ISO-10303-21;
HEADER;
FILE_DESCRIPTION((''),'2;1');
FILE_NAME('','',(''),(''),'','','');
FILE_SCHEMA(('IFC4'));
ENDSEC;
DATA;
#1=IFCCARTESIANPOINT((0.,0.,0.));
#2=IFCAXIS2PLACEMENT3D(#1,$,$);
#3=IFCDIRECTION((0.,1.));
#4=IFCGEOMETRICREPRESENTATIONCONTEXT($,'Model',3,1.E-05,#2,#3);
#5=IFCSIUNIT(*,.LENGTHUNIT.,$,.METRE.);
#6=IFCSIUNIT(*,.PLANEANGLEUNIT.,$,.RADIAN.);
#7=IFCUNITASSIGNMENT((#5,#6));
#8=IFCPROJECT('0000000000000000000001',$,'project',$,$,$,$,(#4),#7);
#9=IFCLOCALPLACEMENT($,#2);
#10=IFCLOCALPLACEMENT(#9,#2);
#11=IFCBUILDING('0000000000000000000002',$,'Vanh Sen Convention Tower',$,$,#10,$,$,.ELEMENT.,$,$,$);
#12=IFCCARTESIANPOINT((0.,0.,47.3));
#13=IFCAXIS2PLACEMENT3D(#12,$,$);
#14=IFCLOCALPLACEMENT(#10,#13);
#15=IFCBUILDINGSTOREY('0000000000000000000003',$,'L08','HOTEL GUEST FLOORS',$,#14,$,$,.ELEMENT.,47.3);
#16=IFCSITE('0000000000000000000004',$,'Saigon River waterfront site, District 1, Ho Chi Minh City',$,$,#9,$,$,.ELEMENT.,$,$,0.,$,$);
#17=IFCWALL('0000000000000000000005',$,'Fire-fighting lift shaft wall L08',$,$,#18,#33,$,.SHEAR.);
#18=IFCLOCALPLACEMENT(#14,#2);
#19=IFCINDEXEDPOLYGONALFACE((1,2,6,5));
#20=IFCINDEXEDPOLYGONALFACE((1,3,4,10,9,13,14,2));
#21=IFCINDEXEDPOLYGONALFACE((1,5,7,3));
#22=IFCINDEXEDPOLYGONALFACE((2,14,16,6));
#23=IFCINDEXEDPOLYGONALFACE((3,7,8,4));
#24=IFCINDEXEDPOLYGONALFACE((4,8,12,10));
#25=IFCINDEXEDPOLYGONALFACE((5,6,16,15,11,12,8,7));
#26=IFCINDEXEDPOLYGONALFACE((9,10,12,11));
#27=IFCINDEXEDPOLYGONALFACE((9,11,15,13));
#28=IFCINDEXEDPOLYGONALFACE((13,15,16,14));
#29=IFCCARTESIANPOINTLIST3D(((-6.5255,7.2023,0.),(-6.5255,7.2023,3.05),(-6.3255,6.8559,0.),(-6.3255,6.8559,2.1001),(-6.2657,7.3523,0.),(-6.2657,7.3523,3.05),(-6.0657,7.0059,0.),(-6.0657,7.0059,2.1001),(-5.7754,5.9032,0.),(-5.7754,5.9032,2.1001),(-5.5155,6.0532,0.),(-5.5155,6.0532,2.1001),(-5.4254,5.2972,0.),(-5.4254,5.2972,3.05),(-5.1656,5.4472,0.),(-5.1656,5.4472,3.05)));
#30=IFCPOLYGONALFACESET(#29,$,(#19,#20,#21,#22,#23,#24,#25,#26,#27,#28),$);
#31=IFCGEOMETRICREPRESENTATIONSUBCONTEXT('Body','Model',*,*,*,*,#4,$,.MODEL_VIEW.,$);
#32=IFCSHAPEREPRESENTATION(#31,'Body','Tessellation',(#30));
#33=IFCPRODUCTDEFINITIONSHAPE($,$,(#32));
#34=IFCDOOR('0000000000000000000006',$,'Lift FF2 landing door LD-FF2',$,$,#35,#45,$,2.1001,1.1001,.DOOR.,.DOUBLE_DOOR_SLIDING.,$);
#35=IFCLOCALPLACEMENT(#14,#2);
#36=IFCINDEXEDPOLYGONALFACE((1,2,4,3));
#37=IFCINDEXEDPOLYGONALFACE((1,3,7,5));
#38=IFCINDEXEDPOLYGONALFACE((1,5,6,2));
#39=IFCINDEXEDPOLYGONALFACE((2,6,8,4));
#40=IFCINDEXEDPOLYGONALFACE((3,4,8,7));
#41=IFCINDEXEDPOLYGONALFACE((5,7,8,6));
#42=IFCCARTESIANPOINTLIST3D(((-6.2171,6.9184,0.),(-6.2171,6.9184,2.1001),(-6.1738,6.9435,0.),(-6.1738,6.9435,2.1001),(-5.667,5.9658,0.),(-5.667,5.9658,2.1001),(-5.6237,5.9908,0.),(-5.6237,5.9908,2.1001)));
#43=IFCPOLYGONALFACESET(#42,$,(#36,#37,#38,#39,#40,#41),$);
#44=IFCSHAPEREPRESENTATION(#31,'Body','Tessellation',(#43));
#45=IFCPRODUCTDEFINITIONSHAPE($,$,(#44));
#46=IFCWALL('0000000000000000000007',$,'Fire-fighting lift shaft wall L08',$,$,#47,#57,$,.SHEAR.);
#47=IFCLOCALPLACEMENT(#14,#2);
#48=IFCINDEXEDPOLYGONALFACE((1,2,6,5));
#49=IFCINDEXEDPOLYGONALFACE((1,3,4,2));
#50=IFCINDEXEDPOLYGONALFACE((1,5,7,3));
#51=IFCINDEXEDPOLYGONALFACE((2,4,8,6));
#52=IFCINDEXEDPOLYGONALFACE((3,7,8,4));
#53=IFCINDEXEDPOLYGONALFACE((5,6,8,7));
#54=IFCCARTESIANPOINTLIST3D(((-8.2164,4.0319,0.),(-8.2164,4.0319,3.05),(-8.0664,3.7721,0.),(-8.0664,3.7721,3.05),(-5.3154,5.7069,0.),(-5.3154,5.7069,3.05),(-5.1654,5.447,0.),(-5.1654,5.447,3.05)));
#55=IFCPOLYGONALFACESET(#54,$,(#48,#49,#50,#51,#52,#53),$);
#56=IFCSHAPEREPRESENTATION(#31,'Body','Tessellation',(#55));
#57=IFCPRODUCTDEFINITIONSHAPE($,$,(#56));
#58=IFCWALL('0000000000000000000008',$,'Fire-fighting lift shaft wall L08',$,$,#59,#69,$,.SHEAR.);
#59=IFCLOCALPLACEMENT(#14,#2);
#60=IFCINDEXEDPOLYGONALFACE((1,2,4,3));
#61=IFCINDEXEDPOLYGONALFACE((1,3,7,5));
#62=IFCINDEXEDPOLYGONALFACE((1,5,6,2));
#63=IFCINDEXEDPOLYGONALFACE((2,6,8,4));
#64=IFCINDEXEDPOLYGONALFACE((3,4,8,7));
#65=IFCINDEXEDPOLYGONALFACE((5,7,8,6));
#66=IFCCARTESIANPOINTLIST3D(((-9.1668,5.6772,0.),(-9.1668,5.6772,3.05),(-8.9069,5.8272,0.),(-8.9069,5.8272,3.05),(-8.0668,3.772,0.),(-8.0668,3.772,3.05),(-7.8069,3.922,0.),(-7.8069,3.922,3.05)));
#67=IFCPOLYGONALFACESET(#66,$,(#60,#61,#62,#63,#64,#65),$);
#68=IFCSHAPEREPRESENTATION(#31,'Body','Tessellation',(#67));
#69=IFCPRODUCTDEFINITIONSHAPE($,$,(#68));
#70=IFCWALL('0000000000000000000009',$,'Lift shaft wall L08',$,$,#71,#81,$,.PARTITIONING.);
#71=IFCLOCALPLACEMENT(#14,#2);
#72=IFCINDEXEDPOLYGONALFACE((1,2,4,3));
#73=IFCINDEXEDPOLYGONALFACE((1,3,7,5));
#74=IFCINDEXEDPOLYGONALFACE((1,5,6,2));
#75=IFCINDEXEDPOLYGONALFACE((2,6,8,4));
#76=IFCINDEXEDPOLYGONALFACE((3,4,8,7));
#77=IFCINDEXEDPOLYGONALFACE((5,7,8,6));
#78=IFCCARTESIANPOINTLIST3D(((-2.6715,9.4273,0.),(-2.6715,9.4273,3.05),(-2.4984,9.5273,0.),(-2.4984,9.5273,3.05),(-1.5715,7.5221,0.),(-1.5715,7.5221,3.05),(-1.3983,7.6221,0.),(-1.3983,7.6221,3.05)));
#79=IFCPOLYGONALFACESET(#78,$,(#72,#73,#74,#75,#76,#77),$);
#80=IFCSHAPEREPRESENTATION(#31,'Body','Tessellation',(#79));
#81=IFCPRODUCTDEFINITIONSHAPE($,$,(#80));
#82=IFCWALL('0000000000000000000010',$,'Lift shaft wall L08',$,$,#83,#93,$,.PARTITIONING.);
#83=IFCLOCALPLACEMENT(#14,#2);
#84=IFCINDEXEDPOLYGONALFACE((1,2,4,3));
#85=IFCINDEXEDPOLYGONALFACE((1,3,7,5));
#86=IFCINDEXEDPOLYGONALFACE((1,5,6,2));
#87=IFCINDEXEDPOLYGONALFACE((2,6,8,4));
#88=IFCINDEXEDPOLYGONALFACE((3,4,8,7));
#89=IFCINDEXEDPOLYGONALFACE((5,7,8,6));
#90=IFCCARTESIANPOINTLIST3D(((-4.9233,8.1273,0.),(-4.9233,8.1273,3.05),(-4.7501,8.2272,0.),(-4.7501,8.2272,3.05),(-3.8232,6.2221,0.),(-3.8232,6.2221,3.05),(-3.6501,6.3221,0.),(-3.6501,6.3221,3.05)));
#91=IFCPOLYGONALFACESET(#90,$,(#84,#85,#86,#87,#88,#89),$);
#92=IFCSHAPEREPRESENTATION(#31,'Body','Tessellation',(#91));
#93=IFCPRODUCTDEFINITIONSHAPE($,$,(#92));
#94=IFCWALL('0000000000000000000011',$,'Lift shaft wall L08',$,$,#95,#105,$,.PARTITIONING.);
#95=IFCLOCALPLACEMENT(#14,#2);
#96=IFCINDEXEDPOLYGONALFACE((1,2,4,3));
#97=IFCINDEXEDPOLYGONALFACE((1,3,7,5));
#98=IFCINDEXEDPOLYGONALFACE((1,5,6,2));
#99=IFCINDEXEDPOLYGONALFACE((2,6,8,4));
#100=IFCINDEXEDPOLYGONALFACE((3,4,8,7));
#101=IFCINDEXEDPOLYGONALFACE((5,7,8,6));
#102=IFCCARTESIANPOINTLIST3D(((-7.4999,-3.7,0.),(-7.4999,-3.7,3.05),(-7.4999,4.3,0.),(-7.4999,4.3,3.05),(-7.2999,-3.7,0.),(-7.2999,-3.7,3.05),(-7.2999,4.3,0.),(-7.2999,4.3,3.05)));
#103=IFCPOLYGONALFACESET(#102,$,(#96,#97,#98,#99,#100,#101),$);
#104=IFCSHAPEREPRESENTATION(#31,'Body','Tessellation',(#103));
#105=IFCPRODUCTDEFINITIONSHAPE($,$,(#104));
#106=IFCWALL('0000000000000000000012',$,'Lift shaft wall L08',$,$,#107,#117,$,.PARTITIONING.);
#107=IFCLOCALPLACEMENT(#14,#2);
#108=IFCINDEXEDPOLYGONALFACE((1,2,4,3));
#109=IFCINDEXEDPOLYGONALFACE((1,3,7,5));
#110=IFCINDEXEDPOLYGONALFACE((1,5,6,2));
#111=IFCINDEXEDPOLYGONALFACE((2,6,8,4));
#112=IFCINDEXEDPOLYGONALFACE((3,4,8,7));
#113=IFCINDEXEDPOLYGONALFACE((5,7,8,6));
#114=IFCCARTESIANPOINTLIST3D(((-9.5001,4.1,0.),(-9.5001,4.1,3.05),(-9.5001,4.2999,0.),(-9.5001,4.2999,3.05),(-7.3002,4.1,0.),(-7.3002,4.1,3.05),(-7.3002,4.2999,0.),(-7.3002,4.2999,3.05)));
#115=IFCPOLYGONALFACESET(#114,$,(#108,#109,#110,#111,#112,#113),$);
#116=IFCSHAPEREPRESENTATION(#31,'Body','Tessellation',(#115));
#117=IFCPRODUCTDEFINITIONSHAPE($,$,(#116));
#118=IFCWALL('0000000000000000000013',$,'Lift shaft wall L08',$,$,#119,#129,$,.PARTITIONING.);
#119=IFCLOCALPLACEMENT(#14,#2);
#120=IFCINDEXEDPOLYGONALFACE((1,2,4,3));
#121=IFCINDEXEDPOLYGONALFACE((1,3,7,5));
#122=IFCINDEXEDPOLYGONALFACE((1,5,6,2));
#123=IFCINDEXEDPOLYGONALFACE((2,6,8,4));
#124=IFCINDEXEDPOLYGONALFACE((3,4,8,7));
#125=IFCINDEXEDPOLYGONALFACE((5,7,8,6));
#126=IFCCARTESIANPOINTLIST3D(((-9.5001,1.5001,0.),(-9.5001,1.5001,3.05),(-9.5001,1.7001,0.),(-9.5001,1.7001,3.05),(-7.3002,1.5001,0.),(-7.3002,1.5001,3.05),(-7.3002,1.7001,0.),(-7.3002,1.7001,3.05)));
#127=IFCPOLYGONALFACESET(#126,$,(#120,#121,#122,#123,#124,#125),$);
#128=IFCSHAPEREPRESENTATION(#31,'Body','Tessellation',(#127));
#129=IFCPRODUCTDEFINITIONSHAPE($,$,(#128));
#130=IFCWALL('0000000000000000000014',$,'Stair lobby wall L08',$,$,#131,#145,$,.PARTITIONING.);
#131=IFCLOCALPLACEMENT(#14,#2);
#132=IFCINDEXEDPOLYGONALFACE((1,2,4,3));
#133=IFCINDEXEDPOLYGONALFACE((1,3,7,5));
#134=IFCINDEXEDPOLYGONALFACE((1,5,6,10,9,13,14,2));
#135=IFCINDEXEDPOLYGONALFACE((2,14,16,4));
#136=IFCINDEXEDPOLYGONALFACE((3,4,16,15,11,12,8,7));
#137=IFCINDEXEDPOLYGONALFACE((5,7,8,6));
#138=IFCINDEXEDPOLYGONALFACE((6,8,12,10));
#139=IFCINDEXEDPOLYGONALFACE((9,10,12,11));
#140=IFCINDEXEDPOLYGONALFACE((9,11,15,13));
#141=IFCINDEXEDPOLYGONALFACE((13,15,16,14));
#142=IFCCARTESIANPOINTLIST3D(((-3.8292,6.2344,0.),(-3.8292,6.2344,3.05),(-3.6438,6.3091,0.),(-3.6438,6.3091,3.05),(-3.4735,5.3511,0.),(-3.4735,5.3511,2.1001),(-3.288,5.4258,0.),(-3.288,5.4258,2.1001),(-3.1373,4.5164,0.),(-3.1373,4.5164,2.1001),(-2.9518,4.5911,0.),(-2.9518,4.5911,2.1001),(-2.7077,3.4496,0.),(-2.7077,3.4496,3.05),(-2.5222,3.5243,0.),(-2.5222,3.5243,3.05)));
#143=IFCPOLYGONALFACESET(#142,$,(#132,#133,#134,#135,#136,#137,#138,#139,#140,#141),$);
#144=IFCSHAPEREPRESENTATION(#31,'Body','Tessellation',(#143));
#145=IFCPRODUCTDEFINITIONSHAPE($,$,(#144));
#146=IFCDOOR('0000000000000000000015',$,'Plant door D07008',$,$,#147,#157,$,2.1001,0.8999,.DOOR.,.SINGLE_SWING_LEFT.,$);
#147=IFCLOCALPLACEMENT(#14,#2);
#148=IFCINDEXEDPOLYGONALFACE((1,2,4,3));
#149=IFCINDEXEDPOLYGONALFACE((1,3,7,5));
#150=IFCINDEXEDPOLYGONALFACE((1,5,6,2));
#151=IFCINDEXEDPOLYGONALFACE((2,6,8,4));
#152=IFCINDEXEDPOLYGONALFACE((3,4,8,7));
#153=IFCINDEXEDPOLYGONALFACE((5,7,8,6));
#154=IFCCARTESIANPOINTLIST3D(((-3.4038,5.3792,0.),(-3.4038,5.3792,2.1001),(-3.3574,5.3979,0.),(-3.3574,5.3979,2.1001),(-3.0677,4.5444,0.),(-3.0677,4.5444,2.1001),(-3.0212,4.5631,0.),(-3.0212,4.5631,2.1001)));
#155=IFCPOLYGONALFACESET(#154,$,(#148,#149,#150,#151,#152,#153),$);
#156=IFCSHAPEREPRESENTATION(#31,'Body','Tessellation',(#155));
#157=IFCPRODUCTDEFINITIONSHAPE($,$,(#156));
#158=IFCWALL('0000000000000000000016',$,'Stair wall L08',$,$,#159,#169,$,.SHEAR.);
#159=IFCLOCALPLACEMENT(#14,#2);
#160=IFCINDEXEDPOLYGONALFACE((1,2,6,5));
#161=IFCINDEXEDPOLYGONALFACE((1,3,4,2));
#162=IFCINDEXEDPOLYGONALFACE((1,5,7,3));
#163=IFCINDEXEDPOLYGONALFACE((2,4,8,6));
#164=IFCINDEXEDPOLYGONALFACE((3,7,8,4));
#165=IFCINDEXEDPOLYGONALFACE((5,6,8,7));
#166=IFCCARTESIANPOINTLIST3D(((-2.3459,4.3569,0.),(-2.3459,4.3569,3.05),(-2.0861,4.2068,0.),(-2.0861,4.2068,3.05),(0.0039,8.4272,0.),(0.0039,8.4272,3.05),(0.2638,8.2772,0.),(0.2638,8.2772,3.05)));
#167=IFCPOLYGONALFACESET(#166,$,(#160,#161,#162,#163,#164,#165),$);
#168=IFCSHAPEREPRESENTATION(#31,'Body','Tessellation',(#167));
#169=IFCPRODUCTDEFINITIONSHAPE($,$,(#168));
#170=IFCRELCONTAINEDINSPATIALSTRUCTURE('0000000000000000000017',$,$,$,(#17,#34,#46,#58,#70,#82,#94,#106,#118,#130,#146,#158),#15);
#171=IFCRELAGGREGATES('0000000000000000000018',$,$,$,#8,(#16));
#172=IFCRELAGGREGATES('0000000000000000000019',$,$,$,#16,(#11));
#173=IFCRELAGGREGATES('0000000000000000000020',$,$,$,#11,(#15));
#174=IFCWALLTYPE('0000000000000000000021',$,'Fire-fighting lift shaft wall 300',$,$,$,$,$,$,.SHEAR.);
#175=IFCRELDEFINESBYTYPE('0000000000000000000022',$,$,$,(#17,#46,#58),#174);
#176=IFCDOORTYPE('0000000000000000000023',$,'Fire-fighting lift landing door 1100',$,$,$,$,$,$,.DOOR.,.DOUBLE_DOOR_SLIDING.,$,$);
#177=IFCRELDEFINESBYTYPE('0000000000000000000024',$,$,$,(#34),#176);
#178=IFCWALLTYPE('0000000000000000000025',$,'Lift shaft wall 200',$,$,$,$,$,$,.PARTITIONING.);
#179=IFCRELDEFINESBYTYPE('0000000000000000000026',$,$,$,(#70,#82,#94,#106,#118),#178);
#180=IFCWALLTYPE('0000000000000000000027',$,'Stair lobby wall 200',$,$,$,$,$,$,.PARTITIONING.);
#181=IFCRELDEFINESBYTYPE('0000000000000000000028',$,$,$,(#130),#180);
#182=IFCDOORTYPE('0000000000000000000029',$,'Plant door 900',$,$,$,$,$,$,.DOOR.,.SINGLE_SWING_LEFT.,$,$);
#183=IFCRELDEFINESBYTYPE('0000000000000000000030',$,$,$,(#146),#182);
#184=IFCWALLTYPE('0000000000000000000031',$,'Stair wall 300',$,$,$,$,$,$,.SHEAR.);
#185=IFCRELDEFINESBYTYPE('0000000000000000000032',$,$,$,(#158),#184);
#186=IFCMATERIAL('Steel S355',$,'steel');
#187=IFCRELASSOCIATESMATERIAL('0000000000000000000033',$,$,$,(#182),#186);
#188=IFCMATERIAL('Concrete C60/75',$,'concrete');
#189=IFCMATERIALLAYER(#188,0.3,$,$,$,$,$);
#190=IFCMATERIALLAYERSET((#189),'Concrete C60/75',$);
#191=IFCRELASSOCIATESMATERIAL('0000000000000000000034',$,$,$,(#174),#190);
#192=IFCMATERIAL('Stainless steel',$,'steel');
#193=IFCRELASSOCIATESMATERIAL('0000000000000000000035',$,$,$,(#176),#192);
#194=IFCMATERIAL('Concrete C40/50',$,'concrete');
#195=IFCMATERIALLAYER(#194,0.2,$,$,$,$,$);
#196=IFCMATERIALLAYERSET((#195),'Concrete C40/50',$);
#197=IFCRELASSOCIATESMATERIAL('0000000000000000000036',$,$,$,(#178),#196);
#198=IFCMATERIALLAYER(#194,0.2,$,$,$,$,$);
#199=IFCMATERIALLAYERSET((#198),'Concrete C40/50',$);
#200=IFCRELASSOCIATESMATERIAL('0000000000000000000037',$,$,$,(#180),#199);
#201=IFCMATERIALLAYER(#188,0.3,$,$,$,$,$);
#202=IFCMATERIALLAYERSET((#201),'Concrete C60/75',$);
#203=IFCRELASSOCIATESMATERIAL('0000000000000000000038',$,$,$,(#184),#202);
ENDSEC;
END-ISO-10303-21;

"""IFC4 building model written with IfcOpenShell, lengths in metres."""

from ifc_helpers import new_model, si_unit, direction, frame, frame_2d, origin, place, context, subcontext, project, spatial, rectangle, extrude, material, layer, layer_set, type_object, element, fill, save


model = new_model("IFC4")

# Units and contexts
model_context = context("Model", 3, precision=1e-05, world=origin(), true_north=direction((0.0, 1.0)))
body_context = subcontext(model_context, "Body", "Model", "MODEL_VIEW")
ifc_project = project(units=[si_unit("LENGTHUNIT", "METRE"), si_unit("PLANEANGLEUNIT", "RADIAN")], contexts=[model_context])

# Site, building, storey
site_placement = place(None, origin())
site = spatial("IfcSite", under=ifc_project, at=site_placement, Name="Saigon River waterfront site, District 1, Ho Chi Minh City", CompositionType="ELEMENT", RefElevation=0.0)
building_placement = place(site_placement, origin())
building = spatial("IfcBuilding", under=site, at=building_placement, Name="Vanh Sen Convention Tower", CompositionType="ELEMENT")
storey_placement = place(building_placement, frame((0.0, 0.0, 47.3)))
storey = spatial("IfcBuildingStorey", under=building, at=storey_placement, Name="L08", Description="HOTEL GUEST FLOORS", CompositionType="ELEMENT", Elevation=47.3)

# Shared definitions
ifc_material_1 = material(Name="Steel S355", Category="steel")
door_type_1 = type_object("IfcDoorType", Name="Plant door 900", OperationType="SINGLE_SWING_LEFT", PredefinedType="DOOR", material=ifc_material_1)

# Wall, opening, door
ifc_material_2 = material(Name="Concrete C60/75", Category="concrete")
ifc_layer_1 = layer(ifc_material_2, 0.3)
ifc_layer_set_1 = layer_set([ifc_layer_1], Name="Concrete C60/75")
wall_type_1 = type_object("IfcWallType", Name="Fire-fighting lift shaft wall 300", PredefinedType="SHEAR", material=ifc_layer_set_1)
wall_1_placement = place(storey_placement, frame((-5.2954, 5.3721, 0.0), z_axis=(0.0, 0.0, 1.0), x_axis=(-0.500078, 0.86598, 0.0)))
wall_1 = element("IfcWall", 1, at=wall_1_placement, inside=storey, type_object=wall_type_1, Name="Fire-fighting lift shaft wall L08", PredefinedType="SHEAR", context=body_context, shape_type="SweptSolid", body=[
    extrude(rectangle(XDim=2.2, YDim=0.3, at=frame_2d((1.1001, 0.0))), origin(), (0.0, 0.0, 1.0), 3.05),
])
opening_1_placement = place(wall_1_placement, frame((0.7, 0.0, 0.0)))
opening_1 = element("IfcOpeningElement", 2, at=opening_1_placement, cuts=wall_1, PredefinedType="OPENING", context=body_context, shape_type="SweptSolid", body=[
    extrude(rectangle(XDim=1.1001, YDim=2.1001, at=frame_2d((0.55, 1.05))), frame((0.0, 0.1599, 0.0), z_axis=(0.0, -1.0, 0.0), x_axis=(1.0, 0.0, 0.0)), (0.0, 0.0, 1.0), 0.3201),
])
ifc_material_3 = material(Name="Stainless steel", Category="steel")
door_type_2 = type_object("IfcDoorType", Name="Fire-fighting lift landing door 1100", OperationType="DOUBLE_DOOR_SLIDING", PredefinedType="DOOR", material=ifc_material_3)
door_1_placement = place(opening_1_placement, origin())
door_1 = element("IfcDoor", 3, at=door_1_placement, inside=storey, type_object=door_type_2, Name="Lift FF2 landing door LD-FF2", OperationType="DOUBLE_DOOR_SLIDING", OverallHeight=2.1001, OverallWidth=1.1001, PredefinedType="DOOR", context=body_context, shape_type="SweptSolid", body=[
    extrude(rectangle(XDim=1.1001, YDim=2.1001, at=frame_2d((0.55, 1.05))), frame((0.0, 0.0249, 0.0), z_axis=(0.0, -1.0, 0.0), x_axis=(1.0, 0.0, 0.0)), (0.0, 0.0, 1.0), 0.05),
])
fill(opening_1, door_1)

# Walls
wall_2_placement = place(storey_placement, frame((-5.2405, 5.5769, 0.0), z_axis=(0.0, 0.0, 1.0), x_axis=(-0.866014, -0.500019, 0.0)))
element("IfcWall", 4, at=wall_2_placement, inside=storey, type_object=wall_type_1, Name="Fire-fighting lift shaft wall L08", PredefinedType="SHEAR", context=body_context, shape_type="SweptSolid", body=[
    extrude(rectangle(XDim=3.3499, YDim=0.3, at=frame_2d((1.6748, 0.0))), origin(), (0.0, 0.0, 1.0), 3.05),
])
wall_3_placement = place(storey_placement, frame((-7.9368, 3.8469, 0.0), z_axis=(0.0, 0.0, 1.0), x_axis=(-0.50003, 0.866008, 0.0)))
element("IfcWall", 5, at=wall_3_placement, inside=storey, type_object=wall_type_1, Name="Fire-fighting lift shaft wall L08", PredefinedType="SHEAR", context=body_context, shape_type="SweptSolid", body=[
    extrude(rectangle(XDim=2.2, YDim=0.3, at=frame_2d((1.1001, 0.0))), origin(), (0.0, 0.0, 1.0), 3.05),
])
ifc_material_4 = material(Name="Concrete C40/50", Category="concrete")
ifc_layer_2 = layer(ifc_material_4, 0.2)
ifc_layer_set_2 = layer_set([ifc_layer_2], Name="Concrete C40/50")
wall_type_2 = type_object("IfcWallType", Name="Lift shaft wall 200", PredefinedType="PARTITIONING", material=ifc_layer_set_2)
for number, where, z_axis, x_axis, name in (
    (6, (-1.4849, 7.572, 0.0), (0.0, 0.0, 1.0), (-0.50003, 0.866008, 0.0), "Lift shaft wall L08"),
    (7, (-3.7366, 6.272, 0.0), (0.0, 0.0, 1.0), (-0.50003, 0.866008, 0.0), "Lift shaft wall L08"),
):
    element("IfcWall", number, at=place(storey_placement, frame(where, z_axis=z_axis, x_axis=x_axis)), inside=storey, type_object=wall_type_2, Name=name, PredefinedType="PARTITIONING", context=body_context, shape_type="SweptSolid", body=[
        extrude(rectangle(XDim=2.2, YDim=0.2, at=frame_2d((1.1001, 0.0))), origin(), (0.0, 0.0, 1.0), 3.05),
    ])
wall_4_placement = place(storey_placement, frame((-7.3999, 4.3, 0.0), z_axis=(0.0, 0.0, 1.0), x_axis=(0.0, -1.0, 0.0)))
element("IfcWall", 8, at=wall_4_placement, inside=storey, type_object=wall_type_2, Name="Lift shaft wall L08", PredefinedType="PARTITIONING", context=body_context, shape_type="SweptSolid", body=[
    extrude(rectangle(XDim=8.0, YDim=0.2, at=frame_2d((4.0, 0.0))), origin(), (0.0, 0.0, 1.0), 3.05),
])
for number, where, z_axis, x_axis, name in (
    (9, (-7.3, 4.2, 0.0), (0.0, 0.0, 1.0), (-1.0, 0.0, 0.0), "Lift shaft wall L08"),
    (10, (-7.3, 1.6001, 0.0), (0.0, 0.0, 1.0), (-1.0, 0.0, 0.0), "Lift shaft wall L08"),
):
    element("IfcWall", number, at=place(storey_placement, frame(where, z_axis=z_axis, x_axis=x_axis)), inside=storey, type_object=wall_type_2, Name=name, PredefinedType="PARTITIONING", context=body_context, shape_type="SweptSolid", body=[
        extrude(rectangle(XDim=2.2, YDim=0.2, at=frame_2d((1.1001, 0.0))), origin(), (0.0, 0.0, 1.0), 3.05),
    ])

# Wall, opening, door
ifc_layer_3 = layer(ifc_material_4, 0.2)
ifc_layer_set_3 = layer_set([ifc_layer_3], Name="Concrete C40/50")
wall_type_3 = type_object("IfcWallType", Name="Stair lobby wall 200", PredefinedType="PARTITIONING", material=ifc_layer_set_3)
wall_5_placement = place(storey_placement, frame((-2.615, 3.4871, 0.0), z_axis=(0.0, 0.0, 1.0), x_axis=(-0.373577, 0.927599, 0.0)))
wall_5 = element("IfcWall", 11, at=wall_5_placement, inside=storey, type_object=wall_type_3, Name="Stair lobby wall L08", PredefinedType="PARTITIONING", context=body_context, shape_type="SweptSolid", body=[
    extrude(rectangle(XDim=3.0022, YDim=0.2, at=frame_2d((1.501, 0.0))), origin(), (0.0, 0.0, 1.0), 3.05),
])
opening_2_placement = place(wall_5_placement, frame((1.1499, 0.0, 0.0)))
opening_2 = element("IfcOpeningElement", 12, at=opening_2_placement, cuts=wall_5, PredefinedType="OPENING", context=body_context, shape_type="SweptSolid", body=[
    extrude(rectangle(XDim=0.8999, YDim=2.1001, at=frame_2d((0.45, 1.05))), frame((0.0, 0.1099, 0.0), z_axis=(0.0, -1.0, 0.0), x_axis=(1.0, 0.0, 0.0)), (0.0, 0.0, 1.0), 0.22),
])
door_2_placement = place(opening_2_placement, origin())
door_2 = element("IfcDoor", 13, at=door_2_placement, inside=storey, type_object=door_type_1, Name="Plant door D07008", OperationType="SINGLE_SWING_LEFT", OverallHeight=2.1001, OverallWidth=0.8999, PredefinedType="DOOR", context=body_context, shape_type="SweptSolid", body=[
    extrude(rectangle(XDim=0.8999, YDim=2.1001, at=frame_2d((0.45, 1.05))), frame((0.0, 0.0249, 0.0), z_axis=(0.0, -1.0, 0.0), x_axis=(1.0, 0.0, 0.0)), (0.0, 0.0, 1.0), 0.05),
])
fill(opening_2, door_2)

# Wall
ifc_layer_4 = layer(ifc_material_2, 0.3)
ifc_layer_set_4 = layer_set([ifc_layer_4], Name="Concrete C60/75")
wall_type_4 = type_object("IfcWallType", Name="Stair wall 300", PredefinedType="SHEAR", material=ifc_layer_set_4)
wall_6_placement = place(storey_placement, frame((-2.2161, 4.2817, 0.0), z_axis=(0.0, 0.0, 1.0), x_axis=(0.499977, 0.866039, 0.0)))
element("IfcWall", 14, at=wall_6_placement, inside=storey, type_object=wall_type_4, Name="Stair wall L08", PredefinedType="SHEAR", context=body_context, shape_type="SweptSolid", body=[
    extrude(rectangle(XDim=4.7, YDim=0.3, at=frame_2d((2.3501, 0.0))), origin(), (0.0, 0.0, 1.0), 3.05),
])

save(model, "model.ifc")
